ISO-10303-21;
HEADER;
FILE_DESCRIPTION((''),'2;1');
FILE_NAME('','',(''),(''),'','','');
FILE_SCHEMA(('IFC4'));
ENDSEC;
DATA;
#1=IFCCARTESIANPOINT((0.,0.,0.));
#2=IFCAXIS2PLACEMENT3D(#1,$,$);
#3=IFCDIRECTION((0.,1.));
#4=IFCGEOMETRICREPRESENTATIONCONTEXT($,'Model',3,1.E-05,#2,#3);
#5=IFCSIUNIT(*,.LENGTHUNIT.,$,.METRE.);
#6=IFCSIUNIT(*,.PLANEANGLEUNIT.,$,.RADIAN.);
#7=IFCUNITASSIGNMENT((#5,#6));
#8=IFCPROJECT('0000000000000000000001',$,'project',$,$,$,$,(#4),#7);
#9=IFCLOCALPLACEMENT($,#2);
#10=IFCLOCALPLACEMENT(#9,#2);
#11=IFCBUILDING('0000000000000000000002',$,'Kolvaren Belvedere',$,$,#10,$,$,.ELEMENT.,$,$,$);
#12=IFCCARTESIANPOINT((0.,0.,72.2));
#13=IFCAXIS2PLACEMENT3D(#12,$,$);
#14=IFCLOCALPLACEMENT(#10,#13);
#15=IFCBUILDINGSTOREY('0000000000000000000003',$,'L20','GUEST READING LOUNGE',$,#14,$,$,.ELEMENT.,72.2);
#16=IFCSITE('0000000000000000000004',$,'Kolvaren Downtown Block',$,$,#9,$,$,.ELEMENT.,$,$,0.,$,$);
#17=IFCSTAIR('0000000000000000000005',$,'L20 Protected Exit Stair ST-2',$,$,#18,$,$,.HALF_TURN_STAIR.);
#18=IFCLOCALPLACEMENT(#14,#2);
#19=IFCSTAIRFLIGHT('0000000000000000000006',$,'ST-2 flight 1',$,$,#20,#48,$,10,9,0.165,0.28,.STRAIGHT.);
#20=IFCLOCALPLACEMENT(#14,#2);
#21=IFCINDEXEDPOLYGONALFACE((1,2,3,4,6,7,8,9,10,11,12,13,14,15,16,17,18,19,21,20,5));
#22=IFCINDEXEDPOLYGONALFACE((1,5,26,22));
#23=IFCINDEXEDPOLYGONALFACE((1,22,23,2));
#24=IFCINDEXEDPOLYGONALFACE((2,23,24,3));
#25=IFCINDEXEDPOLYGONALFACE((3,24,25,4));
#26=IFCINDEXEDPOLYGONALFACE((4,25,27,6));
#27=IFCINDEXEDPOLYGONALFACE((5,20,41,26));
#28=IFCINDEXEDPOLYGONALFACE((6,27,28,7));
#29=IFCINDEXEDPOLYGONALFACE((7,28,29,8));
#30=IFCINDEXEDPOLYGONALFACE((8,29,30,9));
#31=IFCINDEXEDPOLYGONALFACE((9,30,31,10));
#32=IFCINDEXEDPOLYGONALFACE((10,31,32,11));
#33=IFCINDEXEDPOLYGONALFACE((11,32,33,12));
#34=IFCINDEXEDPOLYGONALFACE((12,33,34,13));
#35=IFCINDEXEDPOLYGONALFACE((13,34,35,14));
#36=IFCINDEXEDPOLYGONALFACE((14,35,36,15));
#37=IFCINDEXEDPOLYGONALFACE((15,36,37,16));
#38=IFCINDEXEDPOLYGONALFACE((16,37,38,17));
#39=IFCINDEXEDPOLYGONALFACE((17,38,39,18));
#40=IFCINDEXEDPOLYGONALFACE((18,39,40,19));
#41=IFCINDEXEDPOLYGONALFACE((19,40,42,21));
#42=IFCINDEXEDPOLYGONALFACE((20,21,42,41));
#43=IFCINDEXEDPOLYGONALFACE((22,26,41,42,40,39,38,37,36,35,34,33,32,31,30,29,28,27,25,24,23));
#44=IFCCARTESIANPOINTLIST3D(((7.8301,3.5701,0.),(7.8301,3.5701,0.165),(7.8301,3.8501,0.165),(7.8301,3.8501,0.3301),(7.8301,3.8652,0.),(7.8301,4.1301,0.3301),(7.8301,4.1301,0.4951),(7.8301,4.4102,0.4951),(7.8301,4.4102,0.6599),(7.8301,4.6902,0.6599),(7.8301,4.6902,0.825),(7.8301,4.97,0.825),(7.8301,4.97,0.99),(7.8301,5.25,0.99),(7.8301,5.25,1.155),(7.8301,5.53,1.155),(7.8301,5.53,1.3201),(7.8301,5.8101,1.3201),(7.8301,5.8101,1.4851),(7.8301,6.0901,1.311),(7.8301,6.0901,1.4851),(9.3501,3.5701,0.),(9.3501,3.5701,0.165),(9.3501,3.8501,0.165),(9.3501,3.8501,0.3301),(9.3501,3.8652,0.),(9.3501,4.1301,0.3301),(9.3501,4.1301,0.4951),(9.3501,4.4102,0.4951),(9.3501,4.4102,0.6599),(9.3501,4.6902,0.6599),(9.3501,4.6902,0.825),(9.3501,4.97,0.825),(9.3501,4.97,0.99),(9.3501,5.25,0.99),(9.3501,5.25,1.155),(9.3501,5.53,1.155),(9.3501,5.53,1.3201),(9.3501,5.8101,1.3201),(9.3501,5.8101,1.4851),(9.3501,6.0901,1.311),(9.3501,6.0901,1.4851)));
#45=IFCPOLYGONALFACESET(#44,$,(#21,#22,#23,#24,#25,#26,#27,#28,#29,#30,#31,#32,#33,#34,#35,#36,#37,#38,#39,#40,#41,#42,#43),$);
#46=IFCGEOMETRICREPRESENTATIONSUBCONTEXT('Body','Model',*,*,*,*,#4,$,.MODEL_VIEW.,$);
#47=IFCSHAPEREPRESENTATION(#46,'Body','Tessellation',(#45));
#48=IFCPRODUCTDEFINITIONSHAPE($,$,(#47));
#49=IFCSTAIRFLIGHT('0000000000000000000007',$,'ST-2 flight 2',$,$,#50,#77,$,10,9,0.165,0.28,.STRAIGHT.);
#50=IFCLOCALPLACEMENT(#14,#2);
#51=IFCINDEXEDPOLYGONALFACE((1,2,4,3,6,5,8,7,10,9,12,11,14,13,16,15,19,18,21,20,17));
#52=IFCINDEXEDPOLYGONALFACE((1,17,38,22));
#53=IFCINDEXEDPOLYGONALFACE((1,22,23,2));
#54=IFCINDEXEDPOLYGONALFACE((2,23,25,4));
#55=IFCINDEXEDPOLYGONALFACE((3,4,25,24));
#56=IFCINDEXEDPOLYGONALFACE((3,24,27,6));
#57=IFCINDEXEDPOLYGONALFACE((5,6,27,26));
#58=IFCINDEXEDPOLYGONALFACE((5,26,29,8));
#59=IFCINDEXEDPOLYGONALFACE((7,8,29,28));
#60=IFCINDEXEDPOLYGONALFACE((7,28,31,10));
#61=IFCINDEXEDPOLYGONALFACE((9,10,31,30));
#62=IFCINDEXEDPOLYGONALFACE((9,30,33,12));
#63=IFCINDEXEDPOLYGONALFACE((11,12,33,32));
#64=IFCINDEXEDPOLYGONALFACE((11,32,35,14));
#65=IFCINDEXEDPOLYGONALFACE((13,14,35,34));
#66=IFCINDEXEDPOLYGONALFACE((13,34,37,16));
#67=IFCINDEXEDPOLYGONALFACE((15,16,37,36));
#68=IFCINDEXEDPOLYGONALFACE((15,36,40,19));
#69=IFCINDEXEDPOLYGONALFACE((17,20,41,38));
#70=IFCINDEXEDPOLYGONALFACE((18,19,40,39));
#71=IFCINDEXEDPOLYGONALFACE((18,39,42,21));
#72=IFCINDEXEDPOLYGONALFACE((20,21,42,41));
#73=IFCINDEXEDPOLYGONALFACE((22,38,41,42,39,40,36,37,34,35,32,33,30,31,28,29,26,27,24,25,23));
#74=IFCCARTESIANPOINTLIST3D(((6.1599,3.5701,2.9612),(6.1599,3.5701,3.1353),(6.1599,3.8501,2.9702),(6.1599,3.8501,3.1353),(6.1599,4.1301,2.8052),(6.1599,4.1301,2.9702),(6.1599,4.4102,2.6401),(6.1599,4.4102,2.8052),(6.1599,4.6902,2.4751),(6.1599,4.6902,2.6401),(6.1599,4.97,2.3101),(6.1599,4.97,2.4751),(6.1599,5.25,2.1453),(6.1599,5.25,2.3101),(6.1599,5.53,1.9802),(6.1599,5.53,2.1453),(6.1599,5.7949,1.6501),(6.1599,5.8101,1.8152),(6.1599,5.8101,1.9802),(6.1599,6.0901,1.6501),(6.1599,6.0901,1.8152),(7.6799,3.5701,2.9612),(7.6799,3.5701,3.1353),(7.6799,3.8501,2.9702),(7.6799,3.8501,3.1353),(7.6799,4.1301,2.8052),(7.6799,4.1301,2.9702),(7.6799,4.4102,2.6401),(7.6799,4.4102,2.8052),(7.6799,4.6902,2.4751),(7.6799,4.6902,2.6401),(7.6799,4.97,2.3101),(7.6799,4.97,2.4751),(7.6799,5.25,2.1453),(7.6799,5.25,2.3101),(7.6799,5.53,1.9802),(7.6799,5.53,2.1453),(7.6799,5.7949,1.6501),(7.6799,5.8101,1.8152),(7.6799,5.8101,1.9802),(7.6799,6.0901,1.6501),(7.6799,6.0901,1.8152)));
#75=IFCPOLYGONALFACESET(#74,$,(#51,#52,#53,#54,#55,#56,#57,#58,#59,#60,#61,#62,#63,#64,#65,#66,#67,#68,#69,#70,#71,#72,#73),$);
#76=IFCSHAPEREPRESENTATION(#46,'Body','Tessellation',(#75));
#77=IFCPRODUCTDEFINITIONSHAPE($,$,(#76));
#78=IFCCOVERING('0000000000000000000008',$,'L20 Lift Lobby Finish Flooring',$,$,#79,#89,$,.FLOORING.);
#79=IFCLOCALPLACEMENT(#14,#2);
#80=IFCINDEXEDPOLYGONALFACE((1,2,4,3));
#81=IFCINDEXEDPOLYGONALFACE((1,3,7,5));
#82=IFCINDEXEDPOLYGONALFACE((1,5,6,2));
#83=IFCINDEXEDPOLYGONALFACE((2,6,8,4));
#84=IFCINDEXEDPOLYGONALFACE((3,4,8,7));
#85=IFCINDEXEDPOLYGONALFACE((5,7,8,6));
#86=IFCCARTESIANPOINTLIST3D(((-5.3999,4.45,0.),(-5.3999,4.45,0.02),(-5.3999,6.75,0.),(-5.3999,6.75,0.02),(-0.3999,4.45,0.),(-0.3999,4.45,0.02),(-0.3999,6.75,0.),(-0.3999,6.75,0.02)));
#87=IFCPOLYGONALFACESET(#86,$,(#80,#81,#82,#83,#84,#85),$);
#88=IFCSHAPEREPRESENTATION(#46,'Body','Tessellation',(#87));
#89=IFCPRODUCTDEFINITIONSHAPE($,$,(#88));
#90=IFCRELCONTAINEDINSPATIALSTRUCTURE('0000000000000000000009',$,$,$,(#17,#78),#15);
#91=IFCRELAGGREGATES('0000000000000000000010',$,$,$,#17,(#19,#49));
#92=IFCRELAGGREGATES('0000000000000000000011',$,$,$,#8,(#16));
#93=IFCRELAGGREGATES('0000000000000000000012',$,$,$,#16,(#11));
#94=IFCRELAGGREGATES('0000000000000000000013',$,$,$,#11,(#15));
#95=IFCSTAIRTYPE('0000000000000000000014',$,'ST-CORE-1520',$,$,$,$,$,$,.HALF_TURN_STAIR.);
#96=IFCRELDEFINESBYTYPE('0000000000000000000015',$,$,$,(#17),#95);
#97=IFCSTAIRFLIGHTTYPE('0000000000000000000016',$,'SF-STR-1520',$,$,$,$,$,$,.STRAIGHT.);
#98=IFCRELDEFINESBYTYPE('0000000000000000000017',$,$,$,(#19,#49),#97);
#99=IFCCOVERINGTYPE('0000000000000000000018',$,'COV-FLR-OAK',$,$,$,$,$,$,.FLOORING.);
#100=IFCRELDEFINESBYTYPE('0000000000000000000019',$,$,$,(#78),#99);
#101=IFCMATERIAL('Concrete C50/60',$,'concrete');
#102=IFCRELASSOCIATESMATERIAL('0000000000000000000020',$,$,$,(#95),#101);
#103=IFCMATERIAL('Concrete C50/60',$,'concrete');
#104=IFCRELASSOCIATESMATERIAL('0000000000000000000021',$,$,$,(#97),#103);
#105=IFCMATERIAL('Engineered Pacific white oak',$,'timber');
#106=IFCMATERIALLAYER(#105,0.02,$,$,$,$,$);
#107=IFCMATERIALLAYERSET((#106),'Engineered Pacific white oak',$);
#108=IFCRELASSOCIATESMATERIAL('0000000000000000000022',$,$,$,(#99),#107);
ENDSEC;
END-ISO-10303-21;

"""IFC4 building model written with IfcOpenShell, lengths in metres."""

from ifc_helpers import new_model, si_unit, direction, frame, origin, place, context, subcontext, project, spatial, polyline, outline, extrude, material, layer, layer_set, type_object, element, aggregate, save


model = new_model("IFC4")

# Units and contexts
model_context = context("Model", 3, precision=1e-05, world=origin(), true_north=direction((0.0, 1.0)))
body_context = subcontext(model_context, "Body", "Model", "MODEL_VIEW")
ifc_project = project(units=[si_unit("LENGTHUNIT", "METRE"), si_unit("PLANEANGLEUNIT", "RADIAN")], contexts=[model_context])

# Site, building, storey
site_placement = place(None, origin())
site = spatial("IfcSite", under=ifc_project, at=site_placement, Name="Kolvaren Downtown Block", CompositionType="ELEMENT", RefElevation=0.0)
building_placement = place(site_placement, origin())
building = spatial("IfcBuilding", under=site, at=building_placement, Name="Kolvaren Belvedere", CompositionType="ELEMENT")
storey_placement = place(building_placement, frame((0.0, 0.0, 72.2)))
storey = spatial("IfcBuildingStorey", under=building, at=storey_placement, Name="L20", Description="GUEST READING LOUNGE", CompositionType="ELEMENT", Elevation=72.2)

# Stair, stair flights
ifc_material_1 = material(Name="Concrete C50/60", Category="concrete")
stair_type = type_object("IfcStairType", Name="ST-CORE-1520", PredefinedType="HALF_TURN_STAIR", material=ifc_material_1)
stair_placement = place(storey_placement, origin())
stair = element("IfcStair", 1, at=stair_placement, inside=storey, type_object=stair_type, Name="L20 Protected Exit Stair ST-2", PredefinedType="HALF_TURN_STAIR")
ifc_material_2 = material(Name="Concrete C50/60", Category="concrete")
stair_flight_type = type_object("IfcStairFlightType", Name="SF-STR-1520", PredefinedType="STRAIGHT", material=ifc_material_2)
stair_flight_1_placement = place(storey_placement, frame((8.5901, 3.5701, 0.0), z_axis=(0.0, 0.0, 1.0), x_axis=(0.0, 1.0, 0.0)))
stair_flight_1 = element("IfcStairFlight", 2, at=stair_flight_1_placement, type_object=stair_flight_type, Name="ST-2 flight 1", NumberOfRisers=10, NumberOfTreads=9, PredefinedType="STRAIGHT", RiserHeight=0.165, TreadLength=0.28, context=body_context, shape_type="SweptSolid", body=[
    extrude(outline(polyline([(0.0, 0.0), (0.0, 0.165), (0.28, 0.165), (0.28, 0.3301), (0.5601, 0.3301), (0.5601, 0.4951), (0.8401, 0.4951), (0.8401, 0.6599), (1.1201, 0.6599), (1.1201, 0.825), (1.3999, 0.825), (1.3999, 0.99), (1.6799, 0.99), (1.6799, 1.155), (1.96, 1.155), (1.96, 1.3201), (2.24, 1.3201), (2.24, 1.4851), (2.52, 1.4851), (2.52, 1.6499), (2.52, 1.311), (0.2952, 0.0), (0.0, 0.0)])), frame((0.0, 0.76, 0.0), z_axis=(0.0, -1.0, 0.0), x_axis=(1.0, 0.0, 0.0)), (0.0, 0.0, 1.0), 1.52),
])
stair_flight_2_placement = place(storey_placement, frame((6.9199, 6.0901, 1.6501), z_axis=(0.0, 0.0, 1.0), x_axis=(0.0, -1.0, 0.0)))
stair_flight_2 = element("IfcStairFlight", 3, at=stair_flight_2_placement, type_object=stair_flight_type, Name="ST-2 flight 2", NumberOfRisers=10, NumberOfTreads=9, PredefinedType="STRAIGHT", RiserHeight=0.165, TreadLength=0.28, context=body_context, shape_type="SweptSolid", body=[
    extrude(outline(polyline([(0.0, 0.0), (0.0, 0.165), (0.28, 0.165), (0.28, 0.3301), (0.5601, 0.3301), (0.5601, 0.4951), (0.8401, 0.4951), (0.8401, 0.6599), (1.1201, 0.6599), (1.1201, 0.825), (1.3999, 0.825), (1.3999, 0.99), (1.6799, 0.99), (1.6799, 1.155), (1.96, 1.155), (1.96, 1.3201), (2.24, 1.3201), (2.24, 1.4851), (2.52, 1.4851), (2.52, 1.6499), (2.52, 1.311), (0.2952, 0.0), (0.0, 0.0)])), frame((0.0, 0.76, 0.0), z_axis=(0.0, -1.0, 0.0), x_axis=(1.0, 0.0, 0.0)), (0.0, 0.0, 1.0), 1.52),
])
aggregate(stair, [stair_flight_1, stair_flight_2])

# Covering
ifc_material_3 = material(Name="Engineered Pacific white oak", Category="timber")
ifc_layer_1 = layer(ifc_material_3, 0.02)
ifc_layer_set_1 = layer_set([ifc_layer_1], Name="Engineered Pacific white oak")
covering_type = type_object("IfcCoveringType", Name="COV-FLR-OAK", PredefinedType="FLOORING", material=ifc_layer_set_1)
covering_placement = place(storey_placement, origin())
element("IfcCovering", 4, at=covering_placement, inside=storey, type_object=covering_type, Name="L20 Lift Lobby Finish Flooring", PredefinedType="FLOORING", context=body_context, shape_type="SweptSolid", body=[
    extrude(outline(polyline([(-5.3999, 4.45), (-0.3999, 4.45), (-0.3999, 6.75), (-5.3999, 6.75), (-5.3999, 4.45)])), origin(), (0.0, 0.0, 1.0), 0.02),
])

save(model, "model.ifc")
